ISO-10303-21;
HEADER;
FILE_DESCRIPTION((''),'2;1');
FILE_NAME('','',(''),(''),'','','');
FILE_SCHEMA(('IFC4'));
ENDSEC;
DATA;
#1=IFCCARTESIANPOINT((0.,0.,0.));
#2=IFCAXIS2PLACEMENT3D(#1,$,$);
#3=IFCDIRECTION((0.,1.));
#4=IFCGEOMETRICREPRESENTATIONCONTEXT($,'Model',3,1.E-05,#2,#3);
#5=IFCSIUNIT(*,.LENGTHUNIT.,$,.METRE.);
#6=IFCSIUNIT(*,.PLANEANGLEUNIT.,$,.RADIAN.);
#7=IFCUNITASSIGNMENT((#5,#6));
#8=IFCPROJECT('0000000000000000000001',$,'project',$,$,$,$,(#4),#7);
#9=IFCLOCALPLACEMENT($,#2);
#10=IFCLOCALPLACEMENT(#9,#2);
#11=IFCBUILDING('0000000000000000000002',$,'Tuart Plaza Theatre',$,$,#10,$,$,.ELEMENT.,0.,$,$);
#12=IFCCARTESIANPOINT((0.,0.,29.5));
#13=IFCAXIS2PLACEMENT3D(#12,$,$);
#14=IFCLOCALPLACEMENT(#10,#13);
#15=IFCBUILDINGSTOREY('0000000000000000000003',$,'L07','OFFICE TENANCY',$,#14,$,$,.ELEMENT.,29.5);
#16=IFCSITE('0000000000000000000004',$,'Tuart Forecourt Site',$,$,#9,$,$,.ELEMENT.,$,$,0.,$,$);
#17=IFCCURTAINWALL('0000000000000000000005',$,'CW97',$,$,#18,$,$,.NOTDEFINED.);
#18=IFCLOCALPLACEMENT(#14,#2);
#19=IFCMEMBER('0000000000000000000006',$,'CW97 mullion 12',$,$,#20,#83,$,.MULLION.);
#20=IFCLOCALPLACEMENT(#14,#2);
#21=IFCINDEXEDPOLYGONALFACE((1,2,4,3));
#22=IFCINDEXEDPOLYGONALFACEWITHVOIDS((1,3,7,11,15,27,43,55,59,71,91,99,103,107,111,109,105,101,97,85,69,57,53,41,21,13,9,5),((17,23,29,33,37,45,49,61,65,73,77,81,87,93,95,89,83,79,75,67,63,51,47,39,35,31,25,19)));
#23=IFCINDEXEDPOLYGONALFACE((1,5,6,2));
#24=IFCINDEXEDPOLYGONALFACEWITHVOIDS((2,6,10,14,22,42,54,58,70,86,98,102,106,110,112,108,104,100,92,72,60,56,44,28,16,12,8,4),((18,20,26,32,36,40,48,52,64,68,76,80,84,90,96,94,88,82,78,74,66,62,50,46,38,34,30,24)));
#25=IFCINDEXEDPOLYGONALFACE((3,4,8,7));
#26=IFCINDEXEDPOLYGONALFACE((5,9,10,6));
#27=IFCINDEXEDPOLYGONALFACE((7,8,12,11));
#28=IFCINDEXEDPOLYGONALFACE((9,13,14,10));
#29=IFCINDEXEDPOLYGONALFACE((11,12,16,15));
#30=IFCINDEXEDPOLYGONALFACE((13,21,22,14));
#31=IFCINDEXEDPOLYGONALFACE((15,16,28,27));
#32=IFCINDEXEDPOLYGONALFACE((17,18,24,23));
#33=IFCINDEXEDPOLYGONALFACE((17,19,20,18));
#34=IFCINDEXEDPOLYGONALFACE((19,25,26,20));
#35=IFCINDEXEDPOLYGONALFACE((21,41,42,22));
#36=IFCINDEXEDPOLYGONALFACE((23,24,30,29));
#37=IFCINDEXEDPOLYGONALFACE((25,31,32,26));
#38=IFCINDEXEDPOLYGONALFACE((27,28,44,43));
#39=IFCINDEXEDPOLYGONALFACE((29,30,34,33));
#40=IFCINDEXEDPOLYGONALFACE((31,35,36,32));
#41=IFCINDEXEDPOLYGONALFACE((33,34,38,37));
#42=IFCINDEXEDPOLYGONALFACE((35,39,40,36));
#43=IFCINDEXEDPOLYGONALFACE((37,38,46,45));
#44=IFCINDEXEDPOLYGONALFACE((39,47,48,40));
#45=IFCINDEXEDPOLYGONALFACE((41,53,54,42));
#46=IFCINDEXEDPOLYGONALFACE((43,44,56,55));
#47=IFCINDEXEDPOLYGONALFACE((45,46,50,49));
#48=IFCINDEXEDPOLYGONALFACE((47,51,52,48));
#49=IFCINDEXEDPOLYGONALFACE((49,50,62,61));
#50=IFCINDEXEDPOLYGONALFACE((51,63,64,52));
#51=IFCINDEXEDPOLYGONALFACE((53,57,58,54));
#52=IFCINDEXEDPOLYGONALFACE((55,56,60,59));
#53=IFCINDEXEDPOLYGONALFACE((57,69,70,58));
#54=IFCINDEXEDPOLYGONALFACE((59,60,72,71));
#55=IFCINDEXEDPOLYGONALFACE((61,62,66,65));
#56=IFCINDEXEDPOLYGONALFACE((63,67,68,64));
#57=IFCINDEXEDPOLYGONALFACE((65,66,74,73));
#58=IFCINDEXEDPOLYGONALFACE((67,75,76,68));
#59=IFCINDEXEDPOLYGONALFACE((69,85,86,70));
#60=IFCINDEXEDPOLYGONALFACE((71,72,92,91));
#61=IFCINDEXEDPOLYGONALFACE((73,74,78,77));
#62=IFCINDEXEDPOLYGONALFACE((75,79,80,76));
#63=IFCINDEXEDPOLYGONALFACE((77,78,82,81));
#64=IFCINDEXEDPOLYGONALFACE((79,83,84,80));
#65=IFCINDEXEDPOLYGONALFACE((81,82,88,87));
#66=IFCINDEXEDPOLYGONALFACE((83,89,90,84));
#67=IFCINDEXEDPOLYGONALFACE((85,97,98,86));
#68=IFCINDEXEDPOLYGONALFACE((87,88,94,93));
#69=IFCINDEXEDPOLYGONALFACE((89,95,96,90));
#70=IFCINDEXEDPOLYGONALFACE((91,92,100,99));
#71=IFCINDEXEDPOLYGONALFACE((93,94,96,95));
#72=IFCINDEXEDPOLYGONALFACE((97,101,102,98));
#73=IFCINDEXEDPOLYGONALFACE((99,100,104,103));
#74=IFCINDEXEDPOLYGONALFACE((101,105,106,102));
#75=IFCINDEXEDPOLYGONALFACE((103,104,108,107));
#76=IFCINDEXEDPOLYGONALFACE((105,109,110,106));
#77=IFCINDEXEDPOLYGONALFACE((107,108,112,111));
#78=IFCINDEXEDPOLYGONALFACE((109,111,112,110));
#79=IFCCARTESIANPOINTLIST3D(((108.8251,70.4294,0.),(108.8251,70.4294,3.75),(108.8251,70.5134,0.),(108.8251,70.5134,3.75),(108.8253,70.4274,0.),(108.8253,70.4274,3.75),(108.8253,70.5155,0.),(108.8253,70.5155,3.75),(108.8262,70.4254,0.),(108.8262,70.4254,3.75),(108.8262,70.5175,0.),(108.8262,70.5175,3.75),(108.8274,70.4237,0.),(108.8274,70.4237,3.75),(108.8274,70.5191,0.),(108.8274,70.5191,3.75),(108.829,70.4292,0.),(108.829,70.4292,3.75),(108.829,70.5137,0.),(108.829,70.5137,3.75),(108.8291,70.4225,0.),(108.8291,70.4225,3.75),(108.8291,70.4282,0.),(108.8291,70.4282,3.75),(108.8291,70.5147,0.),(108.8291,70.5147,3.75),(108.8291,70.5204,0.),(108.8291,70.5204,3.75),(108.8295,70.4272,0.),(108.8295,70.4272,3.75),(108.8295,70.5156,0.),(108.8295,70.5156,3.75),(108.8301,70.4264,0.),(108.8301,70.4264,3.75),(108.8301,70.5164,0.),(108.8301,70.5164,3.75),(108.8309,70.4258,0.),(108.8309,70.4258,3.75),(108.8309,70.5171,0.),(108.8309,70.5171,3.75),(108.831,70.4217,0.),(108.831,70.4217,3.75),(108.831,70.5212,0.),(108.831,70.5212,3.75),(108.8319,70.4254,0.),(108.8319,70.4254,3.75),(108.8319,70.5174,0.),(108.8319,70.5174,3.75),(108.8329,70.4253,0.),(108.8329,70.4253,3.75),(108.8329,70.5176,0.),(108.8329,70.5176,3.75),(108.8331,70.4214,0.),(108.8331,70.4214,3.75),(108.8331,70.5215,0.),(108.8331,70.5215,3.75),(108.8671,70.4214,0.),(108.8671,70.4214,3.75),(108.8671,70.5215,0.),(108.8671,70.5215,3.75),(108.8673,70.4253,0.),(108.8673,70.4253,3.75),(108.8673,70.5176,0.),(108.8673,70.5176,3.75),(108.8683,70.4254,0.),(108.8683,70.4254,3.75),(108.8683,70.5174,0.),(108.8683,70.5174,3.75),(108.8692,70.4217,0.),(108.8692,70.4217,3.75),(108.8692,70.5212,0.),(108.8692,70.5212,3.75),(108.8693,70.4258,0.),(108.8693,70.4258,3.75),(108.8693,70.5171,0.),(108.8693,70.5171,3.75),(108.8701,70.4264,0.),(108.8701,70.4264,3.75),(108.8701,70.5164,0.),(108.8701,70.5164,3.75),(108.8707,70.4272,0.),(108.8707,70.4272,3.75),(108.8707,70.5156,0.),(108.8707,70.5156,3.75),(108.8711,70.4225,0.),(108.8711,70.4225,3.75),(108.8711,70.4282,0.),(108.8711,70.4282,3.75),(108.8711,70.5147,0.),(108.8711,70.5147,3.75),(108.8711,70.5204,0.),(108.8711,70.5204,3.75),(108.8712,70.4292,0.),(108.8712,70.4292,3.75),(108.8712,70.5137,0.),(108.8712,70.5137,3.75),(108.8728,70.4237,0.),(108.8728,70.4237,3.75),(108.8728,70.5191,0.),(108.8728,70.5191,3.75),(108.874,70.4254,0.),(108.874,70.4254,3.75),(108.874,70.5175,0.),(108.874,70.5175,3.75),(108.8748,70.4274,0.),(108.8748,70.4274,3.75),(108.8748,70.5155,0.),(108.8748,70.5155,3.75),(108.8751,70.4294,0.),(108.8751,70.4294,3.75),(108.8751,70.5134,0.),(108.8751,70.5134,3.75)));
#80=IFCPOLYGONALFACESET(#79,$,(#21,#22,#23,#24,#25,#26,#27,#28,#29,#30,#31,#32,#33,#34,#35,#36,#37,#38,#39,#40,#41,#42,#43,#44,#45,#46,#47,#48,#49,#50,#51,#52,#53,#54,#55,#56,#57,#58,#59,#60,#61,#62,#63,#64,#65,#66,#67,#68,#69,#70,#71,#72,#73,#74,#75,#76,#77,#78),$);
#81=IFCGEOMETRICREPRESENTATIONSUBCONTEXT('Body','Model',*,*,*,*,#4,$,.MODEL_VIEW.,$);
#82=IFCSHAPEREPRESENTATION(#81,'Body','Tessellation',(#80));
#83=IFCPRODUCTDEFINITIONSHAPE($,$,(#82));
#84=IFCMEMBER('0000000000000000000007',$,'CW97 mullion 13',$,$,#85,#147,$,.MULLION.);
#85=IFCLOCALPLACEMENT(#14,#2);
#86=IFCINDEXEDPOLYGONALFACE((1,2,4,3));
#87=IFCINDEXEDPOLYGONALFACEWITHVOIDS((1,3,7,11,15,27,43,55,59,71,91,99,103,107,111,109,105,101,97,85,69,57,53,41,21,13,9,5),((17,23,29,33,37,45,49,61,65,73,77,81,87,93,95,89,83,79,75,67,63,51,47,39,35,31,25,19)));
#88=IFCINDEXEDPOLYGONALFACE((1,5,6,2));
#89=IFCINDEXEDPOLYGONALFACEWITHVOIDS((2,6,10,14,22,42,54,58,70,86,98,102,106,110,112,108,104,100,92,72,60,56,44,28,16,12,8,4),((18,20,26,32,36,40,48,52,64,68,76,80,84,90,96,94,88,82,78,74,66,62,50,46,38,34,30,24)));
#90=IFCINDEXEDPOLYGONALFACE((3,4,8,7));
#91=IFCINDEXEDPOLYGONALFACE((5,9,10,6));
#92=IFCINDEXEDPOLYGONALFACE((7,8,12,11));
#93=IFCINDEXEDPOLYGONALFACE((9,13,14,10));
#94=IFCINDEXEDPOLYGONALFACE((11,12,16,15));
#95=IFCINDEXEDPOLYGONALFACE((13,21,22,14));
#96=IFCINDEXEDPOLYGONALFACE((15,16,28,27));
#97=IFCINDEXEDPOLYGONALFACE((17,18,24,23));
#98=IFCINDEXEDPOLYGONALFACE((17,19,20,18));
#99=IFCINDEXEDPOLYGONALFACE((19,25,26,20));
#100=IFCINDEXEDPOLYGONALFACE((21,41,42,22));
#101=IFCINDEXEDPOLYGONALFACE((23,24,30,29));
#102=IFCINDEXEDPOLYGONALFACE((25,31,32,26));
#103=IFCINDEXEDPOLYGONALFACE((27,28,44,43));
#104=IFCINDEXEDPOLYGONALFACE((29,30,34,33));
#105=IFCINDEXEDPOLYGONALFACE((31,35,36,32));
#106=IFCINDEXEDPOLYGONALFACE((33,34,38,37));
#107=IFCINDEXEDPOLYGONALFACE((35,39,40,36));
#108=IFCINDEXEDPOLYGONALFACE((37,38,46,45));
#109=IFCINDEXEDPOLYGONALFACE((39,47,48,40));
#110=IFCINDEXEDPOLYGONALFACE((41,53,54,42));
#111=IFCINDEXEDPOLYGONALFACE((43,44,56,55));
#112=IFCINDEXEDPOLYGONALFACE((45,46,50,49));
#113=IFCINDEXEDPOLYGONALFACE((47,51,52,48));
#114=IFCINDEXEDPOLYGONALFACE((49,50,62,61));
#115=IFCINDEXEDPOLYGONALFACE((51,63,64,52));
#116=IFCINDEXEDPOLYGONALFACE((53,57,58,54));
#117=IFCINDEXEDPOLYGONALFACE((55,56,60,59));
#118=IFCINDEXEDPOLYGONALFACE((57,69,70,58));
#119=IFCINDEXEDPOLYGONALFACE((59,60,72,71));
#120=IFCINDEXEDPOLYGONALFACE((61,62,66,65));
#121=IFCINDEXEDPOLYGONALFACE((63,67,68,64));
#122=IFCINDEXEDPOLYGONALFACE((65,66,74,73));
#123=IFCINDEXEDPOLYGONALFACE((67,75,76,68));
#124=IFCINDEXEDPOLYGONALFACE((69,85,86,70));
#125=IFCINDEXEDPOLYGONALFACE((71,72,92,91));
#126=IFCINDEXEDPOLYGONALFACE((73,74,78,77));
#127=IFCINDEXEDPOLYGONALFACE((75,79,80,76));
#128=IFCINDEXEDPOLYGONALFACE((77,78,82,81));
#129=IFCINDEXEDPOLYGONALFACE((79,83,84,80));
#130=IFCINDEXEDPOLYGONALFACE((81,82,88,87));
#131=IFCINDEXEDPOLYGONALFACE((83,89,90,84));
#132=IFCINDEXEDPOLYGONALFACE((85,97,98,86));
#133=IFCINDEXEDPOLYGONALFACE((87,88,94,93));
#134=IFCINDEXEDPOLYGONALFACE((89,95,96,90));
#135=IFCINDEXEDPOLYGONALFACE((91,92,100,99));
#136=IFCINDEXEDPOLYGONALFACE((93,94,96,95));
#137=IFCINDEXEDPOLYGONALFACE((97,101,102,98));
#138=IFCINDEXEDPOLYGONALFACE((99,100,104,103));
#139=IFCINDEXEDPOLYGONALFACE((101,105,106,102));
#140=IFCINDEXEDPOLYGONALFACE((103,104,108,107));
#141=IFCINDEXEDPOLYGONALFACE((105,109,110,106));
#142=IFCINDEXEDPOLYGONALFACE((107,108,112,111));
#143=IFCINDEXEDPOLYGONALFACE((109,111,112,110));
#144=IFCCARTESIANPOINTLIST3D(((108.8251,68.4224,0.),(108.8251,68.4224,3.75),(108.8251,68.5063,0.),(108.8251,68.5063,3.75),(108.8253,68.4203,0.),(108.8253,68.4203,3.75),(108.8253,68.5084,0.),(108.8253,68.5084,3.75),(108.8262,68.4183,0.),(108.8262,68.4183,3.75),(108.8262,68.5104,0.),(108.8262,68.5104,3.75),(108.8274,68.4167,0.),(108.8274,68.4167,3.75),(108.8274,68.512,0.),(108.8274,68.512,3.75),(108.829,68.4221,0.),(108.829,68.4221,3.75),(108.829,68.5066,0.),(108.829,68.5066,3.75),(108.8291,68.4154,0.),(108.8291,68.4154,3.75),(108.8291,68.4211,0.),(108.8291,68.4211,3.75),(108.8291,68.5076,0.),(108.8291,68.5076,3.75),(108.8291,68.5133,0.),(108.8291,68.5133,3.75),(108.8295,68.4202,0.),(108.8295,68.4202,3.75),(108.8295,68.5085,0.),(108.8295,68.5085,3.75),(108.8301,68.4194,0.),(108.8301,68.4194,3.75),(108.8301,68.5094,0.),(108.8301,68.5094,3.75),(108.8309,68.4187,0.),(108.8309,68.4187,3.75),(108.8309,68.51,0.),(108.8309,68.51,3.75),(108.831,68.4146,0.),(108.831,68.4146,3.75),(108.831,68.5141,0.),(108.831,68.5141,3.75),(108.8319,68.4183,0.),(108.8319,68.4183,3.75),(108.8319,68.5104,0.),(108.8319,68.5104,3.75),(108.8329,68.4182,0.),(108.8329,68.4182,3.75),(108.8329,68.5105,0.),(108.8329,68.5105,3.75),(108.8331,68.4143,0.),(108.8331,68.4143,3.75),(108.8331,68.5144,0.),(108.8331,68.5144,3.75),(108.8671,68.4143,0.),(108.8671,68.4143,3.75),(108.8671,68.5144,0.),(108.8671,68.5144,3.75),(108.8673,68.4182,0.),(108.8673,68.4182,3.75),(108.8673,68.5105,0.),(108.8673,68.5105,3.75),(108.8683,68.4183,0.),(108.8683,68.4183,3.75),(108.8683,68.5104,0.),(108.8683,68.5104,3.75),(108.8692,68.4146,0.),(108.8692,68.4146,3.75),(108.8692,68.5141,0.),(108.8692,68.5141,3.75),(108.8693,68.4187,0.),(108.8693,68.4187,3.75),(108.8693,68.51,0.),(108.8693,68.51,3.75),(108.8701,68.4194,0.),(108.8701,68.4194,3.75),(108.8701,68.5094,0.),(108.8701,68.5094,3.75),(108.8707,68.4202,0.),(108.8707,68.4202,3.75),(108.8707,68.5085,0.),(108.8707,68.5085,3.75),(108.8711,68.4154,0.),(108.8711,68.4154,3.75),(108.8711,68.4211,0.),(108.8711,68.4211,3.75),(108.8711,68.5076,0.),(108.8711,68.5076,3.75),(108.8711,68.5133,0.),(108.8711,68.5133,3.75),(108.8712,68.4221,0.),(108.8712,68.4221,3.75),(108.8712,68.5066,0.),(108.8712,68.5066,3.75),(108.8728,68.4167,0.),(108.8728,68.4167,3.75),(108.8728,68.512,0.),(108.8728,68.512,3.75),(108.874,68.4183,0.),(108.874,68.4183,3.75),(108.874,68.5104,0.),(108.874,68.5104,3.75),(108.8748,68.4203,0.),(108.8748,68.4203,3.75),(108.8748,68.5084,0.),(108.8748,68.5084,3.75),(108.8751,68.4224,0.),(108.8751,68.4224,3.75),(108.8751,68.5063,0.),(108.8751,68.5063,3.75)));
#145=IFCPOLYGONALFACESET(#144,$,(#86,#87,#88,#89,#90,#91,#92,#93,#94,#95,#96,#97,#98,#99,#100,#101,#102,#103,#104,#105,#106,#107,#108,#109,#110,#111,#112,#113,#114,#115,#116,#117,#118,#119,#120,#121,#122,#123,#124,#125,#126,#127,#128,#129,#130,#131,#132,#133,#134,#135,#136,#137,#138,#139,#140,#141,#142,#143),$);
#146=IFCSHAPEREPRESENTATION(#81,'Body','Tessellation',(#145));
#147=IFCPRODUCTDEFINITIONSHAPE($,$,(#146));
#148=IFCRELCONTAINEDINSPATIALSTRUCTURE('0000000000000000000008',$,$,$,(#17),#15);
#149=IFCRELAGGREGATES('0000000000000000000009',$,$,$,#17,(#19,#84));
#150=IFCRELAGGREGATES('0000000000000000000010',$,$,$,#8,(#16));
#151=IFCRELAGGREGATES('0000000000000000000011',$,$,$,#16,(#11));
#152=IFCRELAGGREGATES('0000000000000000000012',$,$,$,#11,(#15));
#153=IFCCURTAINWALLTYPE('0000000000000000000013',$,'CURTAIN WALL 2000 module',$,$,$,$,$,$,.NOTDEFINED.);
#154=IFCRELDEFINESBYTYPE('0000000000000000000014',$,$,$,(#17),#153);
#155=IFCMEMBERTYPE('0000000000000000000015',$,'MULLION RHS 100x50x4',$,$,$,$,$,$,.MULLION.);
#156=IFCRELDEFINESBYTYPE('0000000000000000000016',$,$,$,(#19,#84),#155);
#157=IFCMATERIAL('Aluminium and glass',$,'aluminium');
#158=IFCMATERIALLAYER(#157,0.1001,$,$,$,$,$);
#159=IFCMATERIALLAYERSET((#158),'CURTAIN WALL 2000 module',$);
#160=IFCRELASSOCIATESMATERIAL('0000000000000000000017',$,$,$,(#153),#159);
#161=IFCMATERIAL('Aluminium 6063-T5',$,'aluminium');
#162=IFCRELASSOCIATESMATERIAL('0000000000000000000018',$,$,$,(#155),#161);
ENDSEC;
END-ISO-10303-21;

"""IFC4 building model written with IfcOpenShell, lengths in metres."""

from ifc_helpers import new_model, si_unit, direction, frame, origin, origin_2d, place, context, subcontext, project, spatial, hollow_rectangle, extrude, material, layer, layer_set, material_profile, profile_set, type_object, element, aggregate, save


model = new_model("IFC4")

# Units and contexts
model_context = context("Model", 3, precision=1e-05, world=origin(), true_north=direction((0.0, 1.0)))
body_context = subcontext(model_context, "Body", "Model", "MODEL_VIEW")
ifc_project = project(units=[si_unit("LENGTHUNIT", "METRE"), si_unit("PLANEANGLEUNIT", "RADIAN")], contexts=[model_context])

# Site, building, storey
site_placement = place(None, origin())
site = spatial("IfcSite", under=ifc_project, at=site_placement, Name="Tuart Forecourt Site", CompositionType="ELEMENT", RefElevation=0.0)
building_placement = place(site_placement, origin())
building = spatial("IfcBuilding", under=site, at=building_placement, Name="Tuart Plaza Theatre", CompositionType="ELEMENT", ElevationOfRefHeight=0.0)
storey_placement = place(building_placement, frame((0.0, 0.0, 29.5)))
storey = spatial("IfcBuildingStorey", under=building, at=storey_placement, Name="L07", Description="OFFICE TENANCY", CompositionType="ELEMENT", Elevation=29.5)

# Curtain wall, members
ifc_material_1 = material(Name="Aluminium and glass", Category="aluminium")
ifc_layer_1 = layer(ifc_material_1, 0.1001)
ifc_layer_set_1 = layer_set([ifc_layer_1], Name="CURTAIN WALL 2000 module")
curtain_wall_type = type_object("IfcCurtainWallType", Name="CURTAIN WALL 2000 module", PredefinedType="NOTDEFINED", material=ifc_layer_set_1)
curtain_wall_placement = place(storey_placement, origin())
curtain_wall = element("IfcCurtainWall", 1, at=curtain_wall_placement, inside=storey, type_object=curtain_wall_type, Name="CW97", PredefinedType="NOTDEFINED")
ifc_material_2 = material(Name="Aluminium 6063-T5", Category="aluminium")
ifc_material_profile_1 = material_profile(ifc_material_2, hollow_rectangle(XDim=0.05, YDim=0.1001, WallThickness=0.0039, InnerFilletRadius=0.0039, OuterFilletRadius=0.0081, at=origin_2d()), Name="RHS 100x50x4")
ifc_profile_set_1 = profile_set([ifc_material_profile_1], Name="Aluminium 6063-T5")
member_type_1 = type_object("IfcMemberType", Name="MULLION RHS 100x50x4", PredefinedType="MULLION", material=ifc_profile_set_1)
member_1_placement = place(storey_placement, frame((108.8501, 70.4714, 0.0), z_axis=(0.0, 0.0, 1.0), x_axis=(1.0, 0.0, 0.0)))
member_1 = element("IfcMember", 2, at=member_1_placement, type_object=member_type_1, Name="CW97 mullion 12", PredefinedType="MULLION", context=body_context, shape_type="SweptSolid", body=[
    extrude(hollow_rectangle(XDim=0.05, YDim=0.1001, WallThickness=0.0039, InnerFilletRadius=0.0039, OuterFilletRadius=0.0081, at=origin_2d()), origin(), (0.0, 0.0, 1.0), 3.75),
])
member_2_placement = place(storey_placement, frame((108.8501, 68.4644, 0.0), z_axis=(0.0, 0.0, 1.0), x_axis=(1.0, 0.0, 0.0)))
member_2 = element("IfcMember", 3, at=member_2_placement, type_object=member_type_1, Name="CW97 mullion 13", PredefinedType="MULLION", context=body_context, shape_type="SweptSolid", body=[
    extrude(hollow_rectangle(XDim=0.05, YDim=0.1001, WallThickness=0.0039, InnerFilletRadius=0.0039, OuterFilletRadius=0.0081, at=origin_2d()), origin(), (0.0, 0.0, 1.0), 3.75),
])
aggregate(curtain_wall, [member_1, member_2])

save(model, "model.ifc")
